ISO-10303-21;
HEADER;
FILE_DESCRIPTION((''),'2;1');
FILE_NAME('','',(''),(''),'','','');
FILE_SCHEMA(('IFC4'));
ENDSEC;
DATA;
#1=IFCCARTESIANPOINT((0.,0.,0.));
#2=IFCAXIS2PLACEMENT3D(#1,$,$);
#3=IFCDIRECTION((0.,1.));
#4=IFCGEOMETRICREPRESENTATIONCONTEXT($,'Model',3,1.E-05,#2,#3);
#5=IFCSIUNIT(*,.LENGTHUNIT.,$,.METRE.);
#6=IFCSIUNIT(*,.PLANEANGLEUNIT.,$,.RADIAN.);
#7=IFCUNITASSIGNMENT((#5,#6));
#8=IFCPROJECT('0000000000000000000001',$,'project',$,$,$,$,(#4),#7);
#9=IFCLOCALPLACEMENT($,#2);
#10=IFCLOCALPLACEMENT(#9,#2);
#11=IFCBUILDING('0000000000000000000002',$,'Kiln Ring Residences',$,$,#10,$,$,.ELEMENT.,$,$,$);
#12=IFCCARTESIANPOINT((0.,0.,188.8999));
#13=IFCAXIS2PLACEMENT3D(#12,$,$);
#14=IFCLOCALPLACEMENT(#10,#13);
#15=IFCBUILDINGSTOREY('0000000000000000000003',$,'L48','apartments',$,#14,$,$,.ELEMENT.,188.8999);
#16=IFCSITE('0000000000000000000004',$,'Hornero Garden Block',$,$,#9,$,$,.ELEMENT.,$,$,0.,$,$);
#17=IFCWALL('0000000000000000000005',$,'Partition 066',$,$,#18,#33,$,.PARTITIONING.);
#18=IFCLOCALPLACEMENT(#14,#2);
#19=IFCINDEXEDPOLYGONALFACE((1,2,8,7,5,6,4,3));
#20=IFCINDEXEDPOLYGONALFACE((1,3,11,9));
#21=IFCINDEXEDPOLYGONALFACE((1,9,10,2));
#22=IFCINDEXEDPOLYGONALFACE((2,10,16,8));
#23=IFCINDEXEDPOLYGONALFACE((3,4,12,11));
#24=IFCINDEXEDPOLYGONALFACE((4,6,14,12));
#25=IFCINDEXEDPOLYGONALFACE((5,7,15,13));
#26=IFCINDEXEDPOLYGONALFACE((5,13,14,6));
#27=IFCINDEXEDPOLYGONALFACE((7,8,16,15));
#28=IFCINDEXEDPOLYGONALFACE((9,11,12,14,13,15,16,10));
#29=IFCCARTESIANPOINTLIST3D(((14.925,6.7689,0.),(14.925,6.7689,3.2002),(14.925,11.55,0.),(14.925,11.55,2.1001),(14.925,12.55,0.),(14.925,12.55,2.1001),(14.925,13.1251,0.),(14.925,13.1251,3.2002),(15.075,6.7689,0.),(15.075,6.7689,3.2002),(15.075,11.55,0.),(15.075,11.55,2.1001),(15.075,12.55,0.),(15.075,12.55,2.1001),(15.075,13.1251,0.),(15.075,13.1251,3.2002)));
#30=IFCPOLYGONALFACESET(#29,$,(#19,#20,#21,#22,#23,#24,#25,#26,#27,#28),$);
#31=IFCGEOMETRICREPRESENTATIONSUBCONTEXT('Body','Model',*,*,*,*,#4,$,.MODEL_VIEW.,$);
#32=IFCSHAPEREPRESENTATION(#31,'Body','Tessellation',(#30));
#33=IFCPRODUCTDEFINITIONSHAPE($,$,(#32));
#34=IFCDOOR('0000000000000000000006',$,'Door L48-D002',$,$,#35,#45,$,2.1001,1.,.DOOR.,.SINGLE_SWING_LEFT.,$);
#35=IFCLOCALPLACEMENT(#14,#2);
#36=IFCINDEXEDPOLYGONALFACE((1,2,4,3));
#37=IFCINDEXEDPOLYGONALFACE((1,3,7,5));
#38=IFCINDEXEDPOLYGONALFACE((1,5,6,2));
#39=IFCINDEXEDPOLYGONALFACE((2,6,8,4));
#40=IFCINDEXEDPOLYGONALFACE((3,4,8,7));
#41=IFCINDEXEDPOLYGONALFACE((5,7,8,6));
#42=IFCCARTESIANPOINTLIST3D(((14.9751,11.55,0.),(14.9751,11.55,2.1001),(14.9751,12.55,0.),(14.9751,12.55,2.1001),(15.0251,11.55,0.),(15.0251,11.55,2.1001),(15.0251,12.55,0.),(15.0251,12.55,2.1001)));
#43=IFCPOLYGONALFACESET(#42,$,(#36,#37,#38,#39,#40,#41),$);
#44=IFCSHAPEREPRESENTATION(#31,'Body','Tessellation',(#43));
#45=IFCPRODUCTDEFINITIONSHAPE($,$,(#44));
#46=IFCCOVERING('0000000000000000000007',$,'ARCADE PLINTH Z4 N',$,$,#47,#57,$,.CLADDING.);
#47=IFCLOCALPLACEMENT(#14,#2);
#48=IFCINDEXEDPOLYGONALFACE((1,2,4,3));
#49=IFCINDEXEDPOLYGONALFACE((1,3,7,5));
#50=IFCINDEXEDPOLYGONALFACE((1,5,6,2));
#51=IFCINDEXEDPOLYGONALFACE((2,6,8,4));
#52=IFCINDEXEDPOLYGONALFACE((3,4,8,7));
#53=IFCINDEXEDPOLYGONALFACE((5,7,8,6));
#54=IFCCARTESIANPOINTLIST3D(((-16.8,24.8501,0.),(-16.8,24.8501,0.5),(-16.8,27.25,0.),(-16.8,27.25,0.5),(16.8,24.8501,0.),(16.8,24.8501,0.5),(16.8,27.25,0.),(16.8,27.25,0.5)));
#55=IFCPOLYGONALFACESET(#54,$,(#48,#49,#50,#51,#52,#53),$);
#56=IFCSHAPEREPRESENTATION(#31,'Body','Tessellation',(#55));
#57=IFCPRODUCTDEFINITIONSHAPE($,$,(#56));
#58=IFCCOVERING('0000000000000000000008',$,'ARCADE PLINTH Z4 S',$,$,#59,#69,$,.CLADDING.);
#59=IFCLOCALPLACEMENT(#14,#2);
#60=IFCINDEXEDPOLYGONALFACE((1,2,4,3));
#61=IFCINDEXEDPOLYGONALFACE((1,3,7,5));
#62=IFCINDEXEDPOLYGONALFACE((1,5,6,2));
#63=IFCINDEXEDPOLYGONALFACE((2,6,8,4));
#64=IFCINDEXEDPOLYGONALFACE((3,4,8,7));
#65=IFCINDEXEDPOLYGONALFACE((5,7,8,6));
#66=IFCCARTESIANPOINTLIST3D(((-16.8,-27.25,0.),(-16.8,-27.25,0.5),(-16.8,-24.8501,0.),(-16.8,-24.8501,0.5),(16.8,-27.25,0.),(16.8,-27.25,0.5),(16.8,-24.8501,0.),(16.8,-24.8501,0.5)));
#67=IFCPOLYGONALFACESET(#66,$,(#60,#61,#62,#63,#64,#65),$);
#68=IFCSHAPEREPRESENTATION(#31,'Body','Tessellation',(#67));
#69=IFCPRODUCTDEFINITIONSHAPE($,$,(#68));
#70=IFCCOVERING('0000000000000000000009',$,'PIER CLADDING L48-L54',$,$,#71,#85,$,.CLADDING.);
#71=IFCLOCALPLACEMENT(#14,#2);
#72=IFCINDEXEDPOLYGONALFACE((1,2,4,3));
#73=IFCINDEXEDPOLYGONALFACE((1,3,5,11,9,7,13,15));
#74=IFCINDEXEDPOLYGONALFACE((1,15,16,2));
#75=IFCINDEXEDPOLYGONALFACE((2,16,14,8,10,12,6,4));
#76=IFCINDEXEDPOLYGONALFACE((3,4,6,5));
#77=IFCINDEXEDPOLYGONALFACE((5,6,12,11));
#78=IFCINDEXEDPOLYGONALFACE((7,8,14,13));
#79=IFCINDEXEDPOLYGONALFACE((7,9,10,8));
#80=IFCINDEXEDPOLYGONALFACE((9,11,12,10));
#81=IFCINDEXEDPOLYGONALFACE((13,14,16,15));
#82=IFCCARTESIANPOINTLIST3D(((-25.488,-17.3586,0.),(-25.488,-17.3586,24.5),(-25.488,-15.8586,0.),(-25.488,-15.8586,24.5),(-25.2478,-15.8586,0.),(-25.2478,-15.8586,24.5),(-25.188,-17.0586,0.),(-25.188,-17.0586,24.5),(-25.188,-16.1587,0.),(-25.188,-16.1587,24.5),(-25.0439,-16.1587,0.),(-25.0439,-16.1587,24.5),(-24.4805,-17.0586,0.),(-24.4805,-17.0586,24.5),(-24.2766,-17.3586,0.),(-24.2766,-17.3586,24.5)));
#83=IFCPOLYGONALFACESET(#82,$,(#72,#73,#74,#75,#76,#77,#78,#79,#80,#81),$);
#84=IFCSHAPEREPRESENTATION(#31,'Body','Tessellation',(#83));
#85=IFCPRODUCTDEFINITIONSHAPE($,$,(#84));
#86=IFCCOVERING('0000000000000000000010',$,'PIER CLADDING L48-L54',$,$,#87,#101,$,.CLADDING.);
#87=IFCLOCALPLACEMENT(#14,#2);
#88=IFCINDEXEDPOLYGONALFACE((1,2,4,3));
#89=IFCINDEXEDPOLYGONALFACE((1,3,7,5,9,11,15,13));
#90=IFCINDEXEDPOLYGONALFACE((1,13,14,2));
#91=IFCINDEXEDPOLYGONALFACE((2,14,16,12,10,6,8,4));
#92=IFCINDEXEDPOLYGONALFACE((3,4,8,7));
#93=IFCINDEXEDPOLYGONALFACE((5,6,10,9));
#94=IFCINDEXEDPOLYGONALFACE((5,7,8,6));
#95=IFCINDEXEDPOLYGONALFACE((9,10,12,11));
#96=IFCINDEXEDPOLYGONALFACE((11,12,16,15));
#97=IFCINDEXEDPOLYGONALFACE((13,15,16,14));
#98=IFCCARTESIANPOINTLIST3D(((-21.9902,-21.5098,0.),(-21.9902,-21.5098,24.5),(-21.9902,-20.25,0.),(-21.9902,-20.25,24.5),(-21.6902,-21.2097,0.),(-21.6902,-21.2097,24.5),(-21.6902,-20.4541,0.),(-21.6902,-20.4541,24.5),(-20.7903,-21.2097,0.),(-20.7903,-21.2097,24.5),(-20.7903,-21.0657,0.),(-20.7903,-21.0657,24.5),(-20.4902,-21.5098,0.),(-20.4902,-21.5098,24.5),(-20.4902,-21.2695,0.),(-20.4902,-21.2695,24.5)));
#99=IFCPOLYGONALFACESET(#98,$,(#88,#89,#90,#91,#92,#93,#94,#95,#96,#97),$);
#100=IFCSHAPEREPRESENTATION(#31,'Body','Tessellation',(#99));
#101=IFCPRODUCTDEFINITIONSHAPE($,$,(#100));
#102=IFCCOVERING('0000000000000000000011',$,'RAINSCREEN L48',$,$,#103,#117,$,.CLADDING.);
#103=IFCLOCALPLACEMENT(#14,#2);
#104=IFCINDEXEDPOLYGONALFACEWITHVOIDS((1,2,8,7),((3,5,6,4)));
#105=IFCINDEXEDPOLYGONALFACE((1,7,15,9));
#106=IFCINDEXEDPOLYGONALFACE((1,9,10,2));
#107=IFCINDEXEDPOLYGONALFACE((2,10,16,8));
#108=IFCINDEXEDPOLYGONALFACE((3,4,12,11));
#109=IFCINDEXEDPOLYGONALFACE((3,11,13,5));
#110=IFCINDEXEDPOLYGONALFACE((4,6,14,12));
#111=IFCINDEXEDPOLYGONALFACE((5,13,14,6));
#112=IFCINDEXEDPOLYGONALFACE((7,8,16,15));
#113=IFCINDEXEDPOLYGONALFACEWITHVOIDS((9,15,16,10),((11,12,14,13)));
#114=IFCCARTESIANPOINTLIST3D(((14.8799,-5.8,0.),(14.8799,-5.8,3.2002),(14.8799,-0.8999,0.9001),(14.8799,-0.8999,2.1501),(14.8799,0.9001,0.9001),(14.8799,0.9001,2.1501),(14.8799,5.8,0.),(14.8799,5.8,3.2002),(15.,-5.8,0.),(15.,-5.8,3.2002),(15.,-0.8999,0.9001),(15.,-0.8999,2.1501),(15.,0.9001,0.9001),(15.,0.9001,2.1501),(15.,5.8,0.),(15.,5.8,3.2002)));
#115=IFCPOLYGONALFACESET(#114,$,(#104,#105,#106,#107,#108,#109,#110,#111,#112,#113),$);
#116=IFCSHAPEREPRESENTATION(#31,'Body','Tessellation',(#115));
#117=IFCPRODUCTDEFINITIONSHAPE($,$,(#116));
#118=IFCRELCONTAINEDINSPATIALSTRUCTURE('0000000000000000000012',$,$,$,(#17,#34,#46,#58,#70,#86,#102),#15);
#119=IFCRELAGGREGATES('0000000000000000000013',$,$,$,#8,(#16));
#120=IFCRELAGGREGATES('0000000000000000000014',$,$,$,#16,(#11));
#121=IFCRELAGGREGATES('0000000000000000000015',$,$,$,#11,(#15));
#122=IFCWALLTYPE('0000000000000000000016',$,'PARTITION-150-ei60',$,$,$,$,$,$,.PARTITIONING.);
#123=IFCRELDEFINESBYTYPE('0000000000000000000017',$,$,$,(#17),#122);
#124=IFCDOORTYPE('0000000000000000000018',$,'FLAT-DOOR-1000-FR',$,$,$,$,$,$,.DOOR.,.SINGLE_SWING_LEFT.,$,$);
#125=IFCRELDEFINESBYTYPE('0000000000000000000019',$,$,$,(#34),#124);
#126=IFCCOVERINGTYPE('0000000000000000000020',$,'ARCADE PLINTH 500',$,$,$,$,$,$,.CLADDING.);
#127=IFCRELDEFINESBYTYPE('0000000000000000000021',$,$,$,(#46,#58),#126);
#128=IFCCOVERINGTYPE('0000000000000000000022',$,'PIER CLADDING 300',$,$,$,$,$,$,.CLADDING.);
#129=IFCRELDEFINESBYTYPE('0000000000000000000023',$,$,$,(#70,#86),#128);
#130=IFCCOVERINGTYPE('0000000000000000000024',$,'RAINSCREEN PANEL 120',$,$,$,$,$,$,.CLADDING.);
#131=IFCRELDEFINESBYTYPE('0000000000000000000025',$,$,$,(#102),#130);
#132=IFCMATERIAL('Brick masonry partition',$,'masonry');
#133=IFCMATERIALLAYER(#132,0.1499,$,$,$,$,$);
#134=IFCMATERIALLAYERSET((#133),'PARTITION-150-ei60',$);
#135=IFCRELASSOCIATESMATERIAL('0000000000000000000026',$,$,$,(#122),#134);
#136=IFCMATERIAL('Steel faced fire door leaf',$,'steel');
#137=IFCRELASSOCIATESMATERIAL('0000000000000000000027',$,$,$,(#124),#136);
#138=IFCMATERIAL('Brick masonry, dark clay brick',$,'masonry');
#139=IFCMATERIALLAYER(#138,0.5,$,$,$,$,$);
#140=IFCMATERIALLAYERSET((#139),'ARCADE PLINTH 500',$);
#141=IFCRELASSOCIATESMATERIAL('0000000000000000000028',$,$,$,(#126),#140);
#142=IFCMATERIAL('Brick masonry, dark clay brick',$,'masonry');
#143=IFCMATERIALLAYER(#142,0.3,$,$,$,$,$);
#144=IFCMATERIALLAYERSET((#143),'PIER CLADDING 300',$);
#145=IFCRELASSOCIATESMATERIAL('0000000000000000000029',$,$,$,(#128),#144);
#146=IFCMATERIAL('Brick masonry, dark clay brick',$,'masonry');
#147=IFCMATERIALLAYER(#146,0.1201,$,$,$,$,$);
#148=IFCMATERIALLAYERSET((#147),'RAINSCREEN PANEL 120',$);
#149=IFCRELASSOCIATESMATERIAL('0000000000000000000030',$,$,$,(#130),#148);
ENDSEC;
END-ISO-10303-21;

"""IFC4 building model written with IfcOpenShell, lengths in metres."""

from ifc_helpers import new_model, si_unit, direction, frame, frame_2d, origin, place, context, subcontext, project, spatial, polyline, rectangle, outline, extrude, material, layer, layer_set, type_object, element, fill, save


model = new_model("IFC4")

# Units and contexts
model_context = context("Model", 3, precision=1e-05, world=origin(), true_north=direction((0.0, 1.0)))
body_context = subcontext(model_context, "Body", "Model", "MODEL_VIEW")
ifc_project = project(units=[si_unit("LENGTHUNIT", "METRE"), si_unit("PLANEANGLEUNIT", "RADIAN")], contexts=[model_context])

# Site, building, storey
site_placement = place(None, origin())
site = spatial("IfcSite", under=ifc_project, at=site_placement, Name="Hornero Garden Block", CompositionType="ELEMENT", RefElevation=0.0)
building_placement = place(site_placement, origin())
building = spatial("IfcBuilding", under=site, at=building_placement, Name="Kiln Ring Residences", CompositionType="ELEMENT")
storey_placement = place(building_placement, frame((0.0, 0.0, 188.8999)))
storey = spatial("IfcBuildingStorey", under=building, at=storey_placement, Name="L48", Description="apartments", CompositionType="ELEMENT", Elevation=188.8999)

# Shared definitions
ifc_material_1 = material(Name="Brick masonry partition", Category="masonry")
ifc_layer_1 = layer(ifc_material_1, 0.1499)
ifc_layer_set_1 = layer_set([ifc_layer_1], Name="PARTITION-150-ei60")
wall_type_1 = type_object("IfcWallType", Name="PARTITION-150-ei60", PredefinedType="PARTITIONING", material=ifc_layer_set_1)

# Wall, opening, door
wall_1_placement = place(storey_placement, frame((15.0, 6.7688, 0.0), z_axis=(0.0, 0.0, 1.0), x_axis=(0.0, 1.0, 0.0)))
wall_1 = element("IfcWall", 1, at=wall_1_placement, inside=storey, type_object=wall_type_1, Name="Partition 066", PredefinedType="PARTITIONING", context=body_context, shape_type="SweptSolid", body=[
    extrude(rectangle(XDim=6.3562, YDim=0.1499, at=frame_2d((3.1782, 0.0))), origin(), (0.0, 0.0, 1.0), 3.2002),
])
opening_placement = place(wall_1_placement, frame((4.7812, 0.0, 0.0)))
opening = element("IfcOpeningElement", 2, at=opening_placement, cuts=wall_1, PredefinedType="OPENING", context=body_context, shape_type="SweptSolid", body=[
    extrude(rectangle(XDim=1.0, YDim=2.1001, at=frame_2d((0.5, 1.05))), frame((0.0, 0.085, 0.0), z_axis=(0.0, -1.0, 0.0), x_axis=(1.0, 0.0, 0.0)), (0.0, 0.0, 1.0), 0.1699),
])
ifc_material_2 = material(Name="Steel faced fire door leaf", Category="steel")
door_type = type_object("IfcDoorType", Name="FLAT-DOOR-1000-FR", OperationType="SINGLE_SWING_LEFT", PredefinedType="DOOR", material=ifc_material_2)
door_placement = place(opening_placement, origin())
door = element("IfcDoor", 3, at=door_placement, inside=storey, type_object=door_type, Name="Door L48-D002", OperationType="SINGLE_SWING_LEFT", OverallHeight=2.1001, OverallWidth=1.0, PredefinedType="DOOR", context=body_context, shape_type="SweptSolid", body=[
    extrude(rectangle(XDim=1.0, YDim=2.1001, at=frame_2d((0.5, 1.05))), frame((0.0, 0.0249, 0.0), z_axis=(0.0, -1.0, 0.0), x_axis=(1.0, 0.0, 0.0)), (0.0, 0.0, 1.0), 0.05),
])
fill(opening, door)

# Coverings
ifc_material_3 = material(Name="Brick masonry, dark clay brick", Category="masonry")
ifc_layer_2 = layer(ifc_material_3, 0.5)
ifc_layer_set_2 = layer_set([ifc_layer_2], Name="ARCADE PLINTH 500")
covering_type_1 = type_object("IfcCoveringType", Name="ARCADE PLINTH 500", PredefinedType="CLADDING", material=ifc_layer_set_2)
placement = place(storey_placement, origin())
element("IfcCovering", 4, at=placement, inside=storey, type_object=covering_type_1, Name="ARCADE PLINTH Z4 N", PredefinedType="CLADDING", context=body_context, shape_type="SweptSolid", body=[
    extrude(outline(polyline([(-16.8, 24.8501), (16.8, 24.8501), (16.8, 27.25), (-16.8, 27.25), (-16.8, 24.8501)])), origin(), (0.0, 0.0, 1.0), 0.5),
])
element("IfcCovering", 5, at=placement, inside=storey, type_object=covering_type_1, Name="ARCADE PLINTH Z4 S", PredefinedType="CLADDING", context=body_context, shape_type="SweptSolid", body=[
    extrude(outline(polyline([(-16.8, -27.25), (16.8, -27.25), (16.8, -24.8501), (-16.8, -24.8501), (-16.8, -27.25)])), origin(), (0.0, 0.0, 1.0), 0.5),
])
ifc_material_4 = material(Name="Brick masonry, dark clay brick", Category="masonry")
ifc_layer_3 = layer(ifc_material_4, 0.3)
ifc_layer_set_3 = layer_set([ifc_layer_3], Name="PIER CLADDING 300")
covering_type_2 = type_object("IfcCoveringType", Name="PIER CLADDING 300", PredefinedType="CLADDING", material=ifc_layer_set_3)
element("IfcCovering", 6, at=placement, inside=storey, type_object=covering_type_2, Name="PIER CLADDING L48-L54", PredefinedType="CLADDING", context=body_context, shape_type="SweptSolid", body=[
    extrude(outline(polyline([(-25.2478, -15.8586), (-25.488, -15.8586), (-25.488, -17.3586), (-24.2766, -17.3586), (-24.4805, -17.0586), (-25.188, -17.0586), (-25.188, -16.1587), (-25.0439, -16.1587), (-25.2478, -15.8586)])), origin(), (0.0, 0.0, 1.0), 24.5),
])
element("IfcCovering", 7, at=placement, inside=storey, type_object=covering_type_2, Name="PIER CLADDING L48-L54", PredefinedType="CLADDING", context=body_context, shape_type="SweptSolid", body=[
    extrude(outline(polyline([(-21.6902, -20.4541), (-21.9902, -20.25), (-21.9902, -21.5098), (-20.4902, -21.5098), (-20.4902, -21.2695), (-20.7903, -21.0657), (-20.7903, -21.2097), (-21.6902, -21.2097), (-21.6902, -20.4541)])), origin(), (0.0, 0.0, 1.0), 24.5),
])
ifc_material_5 = material(Name="Brick masonry, dark clay brick", Category="masonry")
ifc_layer_4 = layer(ifc_material_5, 0.1201)
ifc_layer_set_4 = layer_set([ifc_layer_4], Name="RAINSCREEN PANEL 120")
covering_type_3 = type_object("IfcCoveringType", Name="RAINSCREEN PANEL 120", PredefinedType="CLADDING", material=ifc_layer_set_4)
covering_1_placement = place(storey_placement, frame((14.9399, 5.8, 0.0), z_axis=(0.0, 0.0, 1.0), x_axis=(0.0, -1.0, 0.0)))
element("IfcCovering", 8, at=covering_1_placement, inside=storey, type_object=covering_type_3, Name="RAINSCREEN L48", PredefinedType="CLADDING", context=body_context, shape_type="SweptSolid", body=[
    extrude(outline(polyline([(0.0, 0.0), (11.6001, 0.0), (11.6001, 3.2002), (0.0, 3.2002), (0.0, 0.0)]), holes=[polyline([(4.8999, 2.1501), (4.8999, 0.9001), (6.7, 0.9001), (6.7, 2.1501), (4.8999, 2.1501)])]), frame((0.0, 0.0601, 0.0), z_axis=(0.0, -1.0, 0.0), x_axis=(1.0, 0.0, 0.0)), (0.0, 0.0, 1.0), 0.1201),
])

save(model, "model.ifc")
